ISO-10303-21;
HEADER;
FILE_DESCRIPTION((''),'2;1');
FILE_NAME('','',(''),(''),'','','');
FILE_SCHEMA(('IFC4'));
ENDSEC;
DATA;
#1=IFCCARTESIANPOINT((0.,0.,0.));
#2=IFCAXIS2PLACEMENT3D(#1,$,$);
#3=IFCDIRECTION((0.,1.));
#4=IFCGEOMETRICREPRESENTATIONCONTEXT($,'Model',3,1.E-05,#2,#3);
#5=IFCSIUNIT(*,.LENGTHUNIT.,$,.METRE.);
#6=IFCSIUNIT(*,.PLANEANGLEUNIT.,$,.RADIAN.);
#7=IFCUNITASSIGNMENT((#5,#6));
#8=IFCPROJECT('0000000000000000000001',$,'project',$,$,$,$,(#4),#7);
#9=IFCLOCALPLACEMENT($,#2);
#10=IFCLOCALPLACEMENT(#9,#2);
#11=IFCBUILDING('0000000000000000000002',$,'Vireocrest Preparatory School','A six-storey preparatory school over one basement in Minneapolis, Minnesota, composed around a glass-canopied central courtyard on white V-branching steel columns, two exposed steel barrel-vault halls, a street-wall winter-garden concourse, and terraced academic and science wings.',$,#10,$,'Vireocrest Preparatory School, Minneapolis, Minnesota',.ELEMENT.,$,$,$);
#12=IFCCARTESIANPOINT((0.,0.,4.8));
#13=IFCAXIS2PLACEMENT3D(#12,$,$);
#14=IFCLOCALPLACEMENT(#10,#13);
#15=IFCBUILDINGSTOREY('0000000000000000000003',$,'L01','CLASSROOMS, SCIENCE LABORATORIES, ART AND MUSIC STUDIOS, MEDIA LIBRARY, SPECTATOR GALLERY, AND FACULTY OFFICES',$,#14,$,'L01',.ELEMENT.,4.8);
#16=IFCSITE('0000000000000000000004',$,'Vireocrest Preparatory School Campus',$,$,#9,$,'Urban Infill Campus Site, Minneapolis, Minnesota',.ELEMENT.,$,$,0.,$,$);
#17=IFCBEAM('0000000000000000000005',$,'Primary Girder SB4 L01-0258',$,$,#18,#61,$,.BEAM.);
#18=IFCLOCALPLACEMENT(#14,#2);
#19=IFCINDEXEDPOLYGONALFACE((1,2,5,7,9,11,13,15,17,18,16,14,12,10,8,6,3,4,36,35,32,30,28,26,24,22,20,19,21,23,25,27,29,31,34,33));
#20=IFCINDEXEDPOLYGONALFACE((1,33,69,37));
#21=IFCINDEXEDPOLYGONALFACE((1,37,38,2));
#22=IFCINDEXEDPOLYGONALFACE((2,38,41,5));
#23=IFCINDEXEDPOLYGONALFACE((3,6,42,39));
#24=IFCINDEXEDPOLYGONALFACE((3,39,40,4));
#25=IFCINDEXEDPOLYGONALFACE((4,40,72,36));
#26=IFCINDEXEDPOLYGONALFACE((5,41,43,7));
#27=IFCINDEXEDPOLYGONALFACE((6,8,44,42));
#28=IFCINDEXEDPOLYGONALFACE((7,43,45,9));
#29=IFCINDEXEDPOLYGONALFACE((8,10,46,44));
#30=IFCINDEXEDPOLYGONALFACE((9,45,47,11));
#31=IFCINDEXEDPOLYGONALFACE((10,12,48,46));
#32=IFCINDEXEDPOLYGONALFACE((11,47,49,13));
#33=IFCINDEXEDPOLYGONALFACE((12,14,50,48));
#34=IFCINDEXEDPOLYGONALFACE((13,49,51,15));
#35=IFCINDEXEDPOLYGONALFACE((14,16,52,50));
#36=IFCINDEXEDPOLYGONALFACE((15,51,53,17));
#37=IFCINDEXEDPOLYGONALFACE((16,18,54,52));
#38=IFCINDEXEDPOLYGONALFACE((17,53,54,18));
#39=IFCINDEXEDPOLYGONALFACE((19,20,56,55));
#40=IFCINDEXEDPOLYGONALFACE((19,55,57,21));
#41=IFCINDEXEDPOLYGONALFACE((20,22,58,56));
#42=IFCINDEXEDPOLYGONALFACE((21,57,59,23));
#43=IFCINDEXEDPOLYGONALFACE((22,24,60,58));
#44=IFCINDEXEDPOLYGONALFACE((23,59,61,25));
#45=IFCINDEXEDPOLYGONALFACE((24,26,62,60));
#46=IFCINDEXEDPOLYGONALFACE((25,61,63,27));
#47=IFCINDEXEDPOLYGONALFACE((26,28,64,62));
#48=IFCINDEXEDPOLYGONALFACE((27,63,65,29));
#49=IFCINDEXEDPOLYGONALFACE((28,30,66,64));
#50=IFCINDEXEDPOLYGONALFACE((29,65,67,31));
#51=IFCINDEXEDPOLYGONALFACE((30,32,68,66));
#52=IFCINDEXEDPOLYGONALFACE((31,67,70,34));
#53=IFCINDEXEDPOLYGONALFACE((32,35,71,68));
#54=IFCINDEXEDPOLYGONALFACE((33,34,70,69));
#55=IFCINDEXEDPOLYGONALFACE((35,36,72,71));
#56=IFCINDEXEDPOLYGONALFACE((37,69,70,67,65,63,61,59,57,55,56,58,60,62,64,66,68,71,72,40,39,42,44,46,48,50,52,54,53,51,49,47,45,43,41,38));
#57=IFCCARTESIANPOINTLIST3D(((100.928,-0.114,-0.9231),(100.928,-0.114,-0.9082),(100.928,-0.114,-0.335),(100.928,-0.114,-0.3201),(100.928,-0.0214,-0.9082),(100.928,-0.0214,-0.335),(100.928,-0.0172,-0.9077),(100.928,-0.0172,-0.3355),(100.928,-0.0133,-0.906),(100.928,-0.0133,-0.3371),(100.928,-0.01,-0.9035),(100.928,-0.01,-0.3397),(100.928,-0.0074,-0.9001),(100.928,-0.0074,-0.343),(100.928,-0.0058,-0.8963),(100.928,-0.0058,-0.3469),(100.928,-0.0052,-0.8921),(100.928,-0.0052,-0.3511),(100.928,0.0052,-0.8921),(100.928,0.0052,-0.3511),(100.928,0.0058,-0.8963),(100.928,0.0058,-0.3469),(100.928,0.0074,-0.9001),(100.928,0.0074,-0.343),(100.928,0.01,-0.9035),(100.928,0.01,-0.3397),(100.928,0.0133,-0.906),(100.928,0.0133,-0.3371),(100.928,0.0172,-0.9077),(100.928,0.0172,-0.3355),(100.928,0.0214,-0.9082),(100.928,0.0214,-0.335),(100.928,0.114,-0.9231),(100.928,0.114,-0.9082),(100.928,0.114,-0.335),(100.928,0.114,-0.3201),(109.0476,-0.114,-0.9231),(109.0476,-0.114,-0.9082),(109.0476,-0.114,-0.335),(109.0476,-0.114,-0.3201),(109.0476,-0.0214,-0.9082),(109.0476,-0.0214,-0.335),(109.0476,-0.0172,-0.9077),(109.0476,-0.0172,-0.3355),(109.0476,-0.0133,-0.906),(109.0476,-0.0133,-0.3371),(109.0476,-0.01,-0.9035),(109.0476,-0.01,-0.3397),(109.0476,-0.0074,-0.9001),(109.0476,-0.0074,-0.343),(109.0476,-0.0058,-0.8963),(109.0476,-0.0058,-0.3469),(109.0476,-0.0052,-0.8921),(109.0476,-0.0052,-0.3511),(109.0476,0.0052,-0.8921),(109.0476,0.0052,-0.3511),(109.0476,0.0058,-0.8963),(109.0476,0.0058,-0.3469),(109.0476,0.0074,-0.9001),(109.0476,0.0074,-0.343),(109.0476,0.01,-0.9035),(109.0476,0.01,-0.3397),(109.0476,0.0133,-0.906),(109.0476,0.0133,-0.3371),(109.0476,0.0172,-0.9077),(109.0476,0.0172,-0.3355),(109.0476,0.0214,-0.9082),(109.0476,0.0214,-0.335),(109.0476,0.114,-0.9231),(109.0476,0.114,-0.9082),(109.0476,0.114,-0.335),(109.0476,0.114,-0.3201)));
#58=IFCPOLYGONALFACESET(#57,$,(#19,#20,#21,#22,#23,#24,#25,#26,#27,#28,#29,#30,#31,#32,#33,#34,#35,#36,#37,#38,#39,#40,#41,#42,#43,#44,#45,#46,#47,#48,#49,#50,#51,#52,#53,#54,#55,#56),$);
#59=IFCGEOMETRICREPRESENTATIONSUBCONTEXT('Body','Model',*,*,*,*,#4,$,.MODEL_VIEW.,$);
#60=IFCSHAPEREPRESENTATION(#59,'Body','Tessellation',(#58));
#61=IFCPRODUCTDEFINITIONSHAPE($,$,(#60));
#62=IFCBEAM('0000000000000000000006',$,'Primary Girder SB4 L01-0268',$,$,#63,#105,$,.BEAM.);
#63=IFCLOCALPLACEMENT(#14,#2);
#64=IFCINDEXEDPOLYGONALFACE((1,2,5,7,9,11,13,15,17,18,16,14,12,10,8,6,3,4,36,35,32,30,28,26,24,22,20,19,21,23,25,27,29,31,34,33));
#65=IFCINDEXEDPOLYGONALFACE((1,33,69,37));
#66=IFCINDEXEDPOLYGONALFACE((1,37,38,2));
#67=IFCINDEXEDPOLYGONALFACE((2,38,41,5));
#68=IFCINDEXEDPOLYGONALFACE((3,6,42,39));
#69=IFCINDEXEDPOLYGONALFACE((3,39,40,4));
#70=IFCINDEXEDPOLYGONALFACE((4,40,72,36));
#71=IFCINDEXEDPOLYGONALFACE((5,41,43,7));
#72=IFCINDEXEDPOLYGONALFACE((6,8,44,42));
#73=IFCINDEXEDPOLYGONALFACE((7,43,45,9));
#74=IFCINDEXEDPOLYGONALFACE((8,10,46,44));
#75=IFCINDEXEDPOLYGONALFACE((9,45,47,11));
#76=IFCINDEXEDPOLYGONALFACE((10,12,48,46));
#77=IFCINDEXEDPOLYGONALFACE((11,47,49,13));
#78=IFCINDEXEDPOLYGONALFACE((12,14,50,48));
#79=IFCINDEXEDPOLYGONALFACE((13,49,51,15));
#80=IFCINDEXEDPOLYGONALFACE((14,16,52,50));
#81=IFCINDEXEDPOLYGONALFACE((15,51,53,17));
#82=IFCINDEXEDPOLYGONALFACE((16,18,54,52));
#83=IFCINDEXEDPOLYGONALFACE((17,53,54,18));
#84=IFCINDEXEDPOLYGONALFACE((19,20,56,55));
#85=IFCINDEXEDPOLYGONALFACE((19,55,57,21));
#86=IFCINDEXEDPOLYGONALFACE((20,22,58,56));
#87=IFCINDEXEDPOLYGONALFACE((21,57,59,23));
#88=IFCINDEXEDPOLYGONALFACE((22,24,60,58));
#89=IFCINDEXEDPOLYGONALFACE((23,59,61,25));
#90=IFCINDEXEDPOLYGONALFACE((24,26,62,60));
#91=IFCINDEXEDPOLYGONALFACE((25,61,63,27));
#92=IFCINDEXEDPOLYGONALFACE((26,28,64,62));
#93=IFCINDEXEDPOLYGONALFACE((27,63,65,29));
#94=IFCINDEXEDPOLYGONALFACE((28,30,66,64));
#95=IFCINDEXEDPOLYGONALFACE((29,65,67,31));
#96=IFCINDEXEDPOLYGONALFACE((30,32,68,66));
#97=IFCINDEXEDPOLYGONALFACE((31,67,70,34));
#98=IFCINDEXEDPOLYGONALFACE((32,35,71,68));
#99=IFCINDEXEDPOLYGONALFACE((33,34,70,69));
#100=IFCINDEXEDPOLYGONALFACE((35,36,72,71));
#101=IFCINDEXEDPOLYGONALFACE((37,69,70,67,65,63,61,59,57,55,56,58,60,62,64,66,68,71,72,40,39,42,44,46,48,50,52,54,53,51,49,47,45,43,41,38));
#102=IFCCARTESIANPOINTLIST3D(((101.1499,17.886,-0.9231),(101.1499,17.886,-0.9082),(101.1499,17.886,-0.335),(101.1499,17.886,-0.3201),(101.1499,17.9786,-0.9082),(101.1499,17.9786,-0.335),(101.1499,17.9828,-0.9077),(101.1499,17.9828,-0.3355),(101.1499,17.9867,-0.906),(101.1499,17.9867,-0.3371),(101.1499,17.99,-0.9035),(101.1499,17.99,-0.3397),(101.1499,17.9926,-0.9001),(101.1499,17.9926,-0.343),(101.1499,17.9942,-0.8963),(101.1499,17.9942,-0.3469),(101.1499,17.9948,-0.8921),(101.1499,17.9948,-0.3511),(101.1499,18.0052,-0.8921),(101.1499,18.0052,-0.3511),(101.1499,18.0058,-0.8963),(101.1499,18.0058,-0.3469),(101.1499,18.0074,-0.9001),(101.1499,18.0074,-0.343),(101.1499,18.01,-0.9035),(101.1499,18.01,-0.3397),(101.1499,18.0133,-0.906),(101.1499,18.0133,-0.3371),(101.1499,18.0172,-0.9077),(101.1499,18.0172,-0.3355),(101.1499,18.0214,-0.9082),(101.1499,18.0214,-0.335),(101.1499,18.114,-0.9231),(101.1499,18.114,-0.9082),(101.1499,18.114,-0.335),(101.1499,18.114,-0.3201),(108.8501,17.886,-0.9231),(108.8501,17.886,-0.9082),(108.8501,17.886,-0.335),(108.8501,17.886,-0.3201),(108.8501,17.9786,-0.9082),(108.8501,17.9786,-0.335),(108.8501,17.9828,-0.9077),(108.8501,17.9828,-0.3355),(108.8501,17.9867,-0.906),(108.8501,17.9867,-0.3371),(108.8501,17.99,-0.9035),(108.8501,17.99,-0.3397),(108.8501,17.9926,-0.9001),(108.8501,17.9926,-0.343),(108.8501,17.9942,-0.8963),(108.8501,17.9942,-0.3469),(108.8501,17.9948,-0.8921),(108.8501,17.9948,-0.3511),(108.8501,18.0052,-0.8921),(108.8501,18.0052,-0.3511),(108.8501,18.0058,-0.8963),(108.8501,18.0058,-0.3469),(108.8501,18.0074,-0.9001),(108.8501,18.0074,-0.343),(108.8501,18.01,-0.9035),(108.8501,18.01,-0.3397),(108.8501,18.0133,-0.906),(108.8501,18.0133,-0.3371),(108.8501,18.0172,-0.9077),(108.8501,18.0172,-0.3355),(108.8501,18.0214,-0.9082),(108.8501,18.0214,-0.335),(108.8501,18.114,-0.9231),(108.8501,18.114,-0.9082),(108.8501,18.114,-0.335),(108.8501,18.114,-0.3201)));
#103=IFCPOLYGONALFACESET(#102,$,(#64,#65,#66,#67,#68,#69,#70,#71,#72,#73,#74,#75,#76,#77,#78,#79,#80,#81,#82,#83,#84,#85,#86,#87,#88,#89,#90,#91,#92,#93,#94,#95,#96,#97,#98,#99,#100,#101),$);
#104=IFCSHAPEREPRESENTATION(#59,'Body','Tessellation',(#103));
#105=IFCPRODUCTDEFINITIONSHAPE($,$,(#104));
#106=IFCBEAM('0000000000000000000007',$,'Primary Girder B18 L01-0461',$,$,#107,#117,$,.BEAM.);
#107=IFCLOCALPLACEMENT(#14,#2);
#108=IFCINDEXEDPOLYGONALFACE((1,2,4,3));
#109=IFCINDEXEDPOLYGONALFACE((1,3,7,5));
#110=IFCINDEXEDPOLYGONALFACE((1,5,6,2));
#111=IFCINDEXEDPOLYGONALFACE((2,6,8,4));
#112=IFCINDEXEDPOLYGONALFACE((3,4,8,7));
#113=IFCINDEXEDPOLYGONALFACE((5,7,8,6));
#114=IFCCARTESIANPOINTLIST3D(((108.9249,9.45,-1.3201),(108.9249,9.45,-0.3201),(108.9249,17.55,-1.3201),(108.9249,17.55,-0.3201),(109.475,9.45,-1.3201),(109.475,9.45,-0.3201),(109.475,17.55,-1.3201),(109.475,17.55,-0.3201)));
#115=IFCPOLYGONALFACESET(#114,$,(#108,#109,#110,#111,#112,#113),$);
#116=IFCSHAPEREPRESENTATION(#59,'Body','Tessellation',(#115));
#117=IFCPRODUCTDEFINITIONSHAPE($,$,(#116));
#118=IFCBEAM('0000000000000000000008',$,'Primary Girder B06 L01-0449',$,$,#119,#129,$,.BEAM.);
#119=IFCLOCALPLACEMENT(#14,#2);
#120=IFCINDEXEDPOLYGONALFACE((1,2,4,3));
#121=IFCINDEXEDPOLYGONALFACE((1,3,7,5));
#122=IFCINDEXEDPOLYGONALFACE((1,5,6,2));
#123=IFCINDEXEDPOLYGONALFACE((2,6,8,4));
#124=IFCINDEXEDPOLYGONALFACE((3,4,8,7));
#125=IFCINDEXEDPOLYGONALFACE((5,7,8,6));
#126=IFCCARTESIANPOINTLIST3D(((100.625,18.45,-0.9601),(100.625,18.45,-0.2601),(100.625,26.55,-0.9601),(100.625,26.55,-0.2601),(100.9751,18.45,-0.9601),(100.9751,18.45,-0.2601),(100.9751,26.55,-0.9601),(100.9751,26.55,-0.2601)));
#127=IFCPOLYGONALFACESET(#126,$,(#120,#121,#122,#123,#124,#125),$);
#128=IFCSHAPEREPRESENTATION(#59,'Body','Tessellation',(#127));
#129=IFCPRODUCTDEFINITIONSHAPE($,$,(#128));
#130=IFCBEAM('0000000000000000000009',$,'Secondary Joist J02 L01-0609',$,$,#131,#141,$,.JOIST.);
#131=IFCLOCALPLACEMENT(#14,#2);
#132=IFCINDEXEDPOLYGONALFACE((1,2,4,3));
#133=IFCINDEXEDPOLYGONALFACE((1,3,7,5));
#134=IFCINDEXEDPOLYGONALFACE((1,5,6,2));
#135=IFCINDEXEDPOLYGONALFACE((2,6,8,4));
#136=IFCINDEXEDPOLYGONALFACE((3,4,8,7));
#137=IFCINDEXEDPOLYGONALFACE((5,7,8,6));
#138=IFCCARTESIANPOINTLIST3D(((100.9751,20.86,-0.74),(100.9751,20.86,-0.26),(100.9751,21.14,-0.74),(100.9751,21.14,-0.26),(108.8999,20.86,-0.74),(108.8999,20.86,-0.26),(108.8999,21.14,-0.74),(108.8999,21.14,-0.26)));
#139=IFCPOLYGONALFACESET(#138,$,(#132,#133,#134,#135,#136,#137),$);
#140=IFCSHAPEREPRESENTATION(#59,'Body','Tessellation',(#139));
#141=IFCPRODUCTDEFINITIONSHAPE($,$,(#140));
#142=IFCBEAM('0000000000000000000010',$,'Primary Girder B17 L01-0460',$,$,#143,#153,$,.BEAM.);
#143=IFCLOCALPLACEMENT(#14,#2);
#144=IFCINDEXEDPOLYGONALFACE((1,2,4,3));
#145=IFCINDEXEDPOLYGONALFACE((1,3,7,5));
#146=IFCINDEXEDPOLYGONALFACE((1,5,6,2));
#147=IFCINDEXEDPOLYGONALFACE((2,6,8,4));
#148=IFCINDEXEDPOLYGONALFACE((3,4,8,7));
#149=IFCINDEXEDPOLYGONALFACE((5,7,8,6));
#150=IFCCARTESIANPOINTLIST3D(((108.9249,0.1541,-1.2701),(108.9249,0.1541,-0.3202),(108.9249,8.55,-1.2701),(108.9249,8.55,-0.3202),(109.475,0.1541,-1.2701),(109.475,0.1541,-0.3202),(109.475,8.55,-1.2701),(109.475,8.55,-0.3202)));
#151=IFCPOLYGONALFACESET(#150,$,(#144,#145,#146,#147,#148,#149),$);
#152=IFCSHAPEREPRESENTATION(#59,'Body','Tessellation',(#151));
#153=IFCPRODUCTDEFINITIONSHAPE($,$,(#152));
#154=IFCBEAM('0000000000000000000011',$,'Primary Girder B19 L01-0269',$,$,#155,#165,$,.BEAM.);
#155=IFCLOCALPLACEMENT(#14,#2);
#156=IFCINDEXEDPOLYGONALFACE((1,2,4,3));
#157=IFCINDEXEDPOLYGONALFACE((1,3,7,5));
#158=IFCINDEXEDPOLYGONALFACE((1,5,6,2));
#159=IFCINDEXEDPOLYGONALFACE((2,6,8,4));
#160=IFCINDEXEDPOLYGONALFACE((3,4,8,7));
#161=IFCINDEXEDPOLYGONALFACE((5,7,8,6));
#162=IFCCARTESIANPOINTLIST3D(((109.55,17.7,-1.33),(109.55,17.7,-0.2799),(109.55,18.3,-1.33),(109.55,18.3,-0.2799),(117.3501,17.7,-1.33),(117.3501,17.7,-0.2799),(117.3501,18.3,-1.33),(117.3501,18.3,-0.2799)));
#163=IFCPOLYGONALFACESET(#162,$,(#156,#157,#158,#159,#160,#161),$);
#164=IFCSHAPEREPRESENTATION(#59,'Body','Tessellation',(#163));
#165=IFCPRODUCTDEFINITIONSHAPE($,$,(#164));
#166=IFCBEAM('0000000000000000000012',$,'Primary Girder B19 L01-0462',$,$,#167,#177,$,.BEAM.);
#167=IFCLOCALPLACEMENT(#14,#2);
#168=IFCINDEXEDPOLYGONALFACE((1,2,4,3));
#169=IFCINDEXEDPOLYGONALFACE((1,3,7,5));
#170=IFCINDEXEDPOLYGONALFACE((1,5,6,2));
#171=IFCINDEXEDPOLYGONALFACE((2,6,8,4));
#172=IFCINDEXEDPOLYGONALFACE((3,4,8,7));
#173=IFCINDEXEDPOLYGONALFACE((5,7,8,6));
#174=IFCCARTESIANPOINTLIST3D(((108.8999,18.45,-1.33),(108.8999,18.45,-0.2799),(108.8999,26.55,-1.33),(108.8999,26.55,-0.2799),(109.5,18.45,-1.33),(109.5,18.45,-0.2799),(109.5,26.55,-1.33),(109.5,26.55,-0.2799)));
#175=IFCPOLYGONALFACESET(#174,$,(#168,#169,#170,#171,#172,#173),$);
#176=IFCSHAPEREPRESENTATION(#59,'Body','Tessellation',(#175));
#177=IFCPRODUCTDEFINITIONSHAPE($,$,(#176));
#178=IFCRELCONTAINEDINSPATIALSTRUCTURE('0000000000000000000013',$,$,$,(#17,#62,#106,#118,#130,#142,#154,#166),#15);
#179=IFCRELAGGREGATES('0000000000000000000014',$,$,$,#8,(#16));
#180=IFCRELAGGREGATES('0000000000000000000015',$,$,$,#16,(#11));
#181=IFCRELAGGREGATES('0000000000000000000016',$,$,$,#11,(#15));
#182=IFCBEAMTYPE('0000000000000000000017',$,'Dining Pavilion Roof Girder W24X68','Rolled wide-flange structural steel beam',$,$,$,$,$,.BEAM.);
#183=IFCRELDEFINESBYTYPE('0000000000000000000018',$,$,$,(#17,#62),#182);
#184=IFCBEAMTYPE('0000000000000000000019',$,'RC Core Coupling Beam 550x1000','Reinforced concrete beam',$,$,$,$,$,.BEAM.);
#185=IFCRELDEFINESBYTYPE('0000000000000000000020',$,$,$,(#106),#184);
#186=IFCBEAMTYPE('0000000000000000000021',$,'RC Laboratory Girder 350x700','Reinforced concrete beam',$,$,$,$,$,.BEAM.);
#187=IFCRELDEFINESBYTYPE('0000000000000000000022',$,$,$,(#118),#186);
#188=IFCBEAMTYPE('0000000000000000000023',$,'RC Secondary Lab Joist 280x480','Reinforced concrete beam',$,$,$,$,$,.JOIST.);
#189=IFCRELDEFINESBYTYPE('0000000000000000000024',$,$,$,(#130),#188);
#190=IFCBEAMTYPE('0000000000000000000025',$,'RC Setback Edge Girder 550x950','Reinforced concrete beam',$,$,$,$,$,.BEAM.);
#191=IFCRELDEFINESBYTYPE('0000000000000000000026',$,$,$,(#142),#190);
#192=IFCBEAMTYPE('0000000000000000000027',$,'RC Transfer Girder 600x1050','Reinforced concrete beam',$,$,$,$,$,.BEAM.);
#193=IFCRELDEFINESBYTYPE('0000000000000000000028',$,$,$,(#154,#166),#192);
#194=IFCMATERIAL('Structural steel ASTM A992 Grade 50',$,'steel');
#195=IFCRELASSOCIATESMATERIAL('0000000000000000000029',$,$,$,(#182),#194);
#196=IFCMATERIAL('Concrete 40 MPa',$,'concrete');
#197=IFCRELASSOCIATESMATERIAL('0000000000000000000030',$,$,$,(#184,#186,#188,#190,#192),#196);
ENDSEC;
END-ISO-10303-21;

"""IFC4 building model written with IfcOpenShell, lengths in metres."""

from ifc_helpers import new_model, si_unit, direction, frame, origin, origin_2d, place, context, subcontext, project, spatial, rectangle, i_section, extrude, material, material_profile, profile_set, type_object, element, save


model = new_model("IFC4")

# Units and contexts
model_context = context("Model", 3, precision=1e-05, world=origin(), true_north=direction((0.0, 1.0)))
body_context = subcontext(model_context, "Body", "Model", "MODEL_VIEW")
ifc_project = project(units=[si_unit("LENGTHUNIT", "METRE"), si_unit("PLANEANGLEUNIT", "RADIAN")], contexts=[model_context])

# Site, building, storey
site_placement = place(None, origin())
site = spatial("IfcSite", under=ifc_project, at=site_placement, Name="Vireocrest Preparatory School Campus", LongName="Urban Infill Campus Site, Minneapolis, Minnesota", CompositionType="ELEMENT", RefElevation=0.0)
building_placement = place(site_placement, origin())
building = spatial("IfcBuilding", under=site, at=building_placement, Name="Vireocrest Preparatory School", Description="A six-storey preparatory school over one basement in Minneapolis, Minnesota, composed around a glass-canopied central courtyard on white V-branching steel columns, two exposed steel barrel-vault halls, a street-wall winter-garden concourse, and terraced academic and science wings.", LongName="Vireocrest Preparatory School, Minneapolis, Minnesota", CompositionType="ELEMENT")
storey_placement = place(building_placement, frame((0.0, 0.0, 4.8)))
storey = spatial("IfcBuildingStorey", under=building, at=storey_placement, Name="L01", Description="CLASSROOMS, SCIENCE LABORATORIES, ART AND MUSIC STUDIOS, MEDIA LIBRARY, SPECTATOR GALLERY, AND FACULTY OFFICES", LongName="L01", CompositionType="ELEMENT", Elevation=4.8)

# Beams
ifc_material_1 = material(Name="Structural steel ASTM A992 Grade 50", Category="steel")
ifc_material_profile_1 = material_profile(ifc_material_1, i_section(OverallWidth=0.228, OverallDepth=0.603, WebThickness=0.0105, FlangeThickness=0.0149, FilletRadius=0.0161, at=origin_2d()), Name="W24X68")
ifc_profile_set_1 = profile_set([ifc_material_profile_1], Name="Structural steel ASTM A992 Grade 50")
beam_type_1 = type_object("IfcBeamType", Name="Dining Pavilion Roof Girder W24X68", Description="Rolled wide-flange structural steel beam", PredefinedType="BEAM", material=ifc_profile_set_1)
beam_1_placement = place(storey_placement, frame((100.928, 0.0, -0.6216), z_axis=(1.0, 0.0, 0.0), x_axis=(0.0, 1.0, 0.0)))
element("IfcBeam", 1, at=beam_1_placement, inside=storey, type_object=beam_type_1, Name="Primary Girder SB4 L01-0258", PredefinedType="BEAM", context=body_context, shape_type="SweptSolid", body=[
    extrude(i_section(OverallWidth=0.228, OverallDepth=0.603, WebThickness=0.0105, FlangeThickness=0.0149, FilletRadius=0.0161, at=origin_2d()), origin(), (0.0, 0.0, 1.0), 8.1196),
])
beam_2_placement = place(storey_placement, frame((101.1499, 18.0, -0.6216), z_axis=(1.0, 0.0, 0.0), x_axis=(0.0, 1.0, 0.0)))
element("IfcBeam", 2, at=beam_2_placement, inside=storey, type_object=beam_type_1, Name="Primary Girder SB4 L01-0268", PredefinedType="BEAM", context=body_context, shape_type="SweptSolid", body=[
    extrude(i_section(OverallWidth=0.228, OverallDepth=0.603, WebThickness=0.0105, FlangeThickness=0.0149, FilletRadius=0.0161, at=origin_2d()), origin(), (0.0, 0.0, 1.0), 7.7002),
])
ifc_material_2 = material(Name="Concrete 40 MPa", Category="concrete")
ifc_material_profile_2 = material_profile(ifc_material_2, rectangle(XDim=0.55, YDim=1.0, at=origin_2d()), Name="RC 550x1000")
ifc_profile_set_2 = profile_set([ifc_material_profile_2], Name="Concrete 40 MPa")
beam_type_2 = type_object("IfcBeamType", Name="RC Core Coupling Beam 550x1000", Description="Reinforced concrete beam", PredefinedType="BEAM", material=ifc_profile_set_2)
beam_3_placement = place(storey_placement, frame((109.2, 9.45, -0.8201), z_axis=(0.0, 1.0, 0.0), x_axis=(-1.0, 0.0, 0.0)))
element("IfcBeam", 3, at=beam_3_placement, inside=storey, type_object=beam_type_2, Name="Primary Girder B18 L01-0461", PredefinedType="BEAM", context=body_context, shape_type="SweptSolid", body=[
    extrude(rectangle(XDim=0.55, YDim=1.0, at=origin_2d()), origin(), (0.0, 0.0, 1.0), 8.1001),
])
ifc_material_profile_3 = material_profile(ifc_material_2, rectangle(XDim=0.3501, YDim=0.7, at=origin_2d()), Name="RC 350x700")
ifc_profile_set_3 = profile_set([ifc_material_profile_3], Name="Concrete 40 MPa")
beam_type_3 = type_object("IfcBeamType", Name="RC Laboratory Girder 350x700", Description="Reinforced concrete beam", PredefinedType="BEAM", material=ifc_profile_set_3)
beam_4_placement = place(storey_placement, frame((100.8, 18.45, -0.6101), z_axis=(0.0, 1.0, 0.0), x_axis=(-1.0, 0.0, 0.0)))
element("IfcBeam", 4, at=beam_4_placement, inside=storey, type_object=beam_type_3, Name="Primary Girder B06 L01-0449", PredefinedType="BEAM", context=body_context, shape_type="SweptSolid", body=[
    extrude(rectangle(XDim=0.3501, YDim=0.7, at=origin_2d()), origin(), (0.0, 0.0, 1.0), 8.1001),
])
ifc_material_profile_4 = material_profile(ifc_material_2, rectangle(XDim=0.28, YDim=0.48, at=origin_2d()), Name="RC 280x480")
ifc_profile_set_4 = profile_set([ifc_material_profile_4], Name="Concrete 40 MPa")
beam_type_4 = type_object("IfcBeamType", Name="RC Secondary Lab Joist 280x480", Description="Reinforced concrete beam", PredefinedType="JOIST", material=ifc_profile_set_4)
beam_5_placement = place(storey_placement, frame((100.9751, 21.0, -0.5), z_axis=(1.0, 0.0, 0.0), x_axis=(0.0, 1.0, 0.0)))
element("IfcBeam", 5, at=beam_5_placement, inside=storey, type_object=beam_type_4, Name="Secondary Joist J02 L01-0609", PredefinedType="JOIST", context=body_context, shape_type="SweptSolid", body=[
    extrude(rectangle(XDim=0.28, YDim=0.48, at=origin_2d()), origin(), (0.0, 0.0, 1.0), 7.9248),
])
ifc_material_profile_5 = material_profile(ifc_material_2, rectangle(XDim=0.55, YDim=0.95, at=origin_2d()), Name="RC 550x950")
ifc_profile_set_5 = profile_set([ifc_material_profile_5], Name="Concrete 40 MPa")
beam_type_5 = type_object("IfcBeamType", Name="RC Setback Edge Girder 550x950", Description="Reinforced concrete beam", PredefinedType="BEAM", material=ifc_profile_set_5)
beam_6_placement = place(storey_placement, frame((109.2, 0.1541, -0.7952), z_axis=(0.0, 1.0, 0.0), x_axis=(-1.0, 0.0, 0.0)))
element("IfcBeam", 6, at=beam_6_placement, inside=storey, type_object=beam_type_5, Name="Primary Girder B17 L01-0460", PredefinedType="BEAM", context=body_context, shape_type="SweptSolid", body=[
    extrude(rectangle(XDim=0.55, YDim=0.95, at=origin_2d()), origin(), (0.0, 0.0, 1.0), 8.396),
])
ifc_material_profile_6 = material_profile(ifc_material_2, rectangle(XDim=0.6001, YDim=1.05, at=origin_2d()), Name="RC 600x1050")
ifc_profile_set_6 = profile_set([ifc_material_profile_6], Name="Concrete 40 MPa")
beam_type_6 = type_object("IfcBeamType", Name="RC Transfer Girder 600x1050", Description="Reinforced concrete beam", PredefinedType="BEAM", material=ifc_profile_set_6)
beam_7_placement = place(storey_placement, frame((109.55, 18.0, -0.8049), z_axis=(1.0, 0.0, 0.0), x_axis=(0.0, 1.0, 0.0)))
element("IfcBeam", 7, at=beam_7_placement, inside=storey, type_object=beam_type_6, Name="Primary Girder B19 L01-0269", PredefinedType="BEAM", context=body_context, shape_type="SweptSolid", body=[
    extrude(rectangle(XDim=0.6001, YDim=1.05, at=origin_2d()), origin(), (0.0, 0.0, 1.0), 7.8),
])
beam_8_placement = place(storey_placement, frame((109.2, 18.45, -0.8049), z_axis=(0.0, 1.0, 0.0), x_axis=(-1.0, 0.0, 0.0)))
element("IfcBeam", 8, at=beam_8_placement, inside=storey, type_object=beam_type_6, Name="Primary Girder B19 L01-0462", PredefinedType="BEAM", context=body_context, shape_type="SweptSolid", body=[
    extrude(rectangle(XDim=0.6001, YDim=1.05, at=origin_2d()), origin(), (0.0, 0.0, 1.0), 8.1001),
])

save(model, "model.ifc")
